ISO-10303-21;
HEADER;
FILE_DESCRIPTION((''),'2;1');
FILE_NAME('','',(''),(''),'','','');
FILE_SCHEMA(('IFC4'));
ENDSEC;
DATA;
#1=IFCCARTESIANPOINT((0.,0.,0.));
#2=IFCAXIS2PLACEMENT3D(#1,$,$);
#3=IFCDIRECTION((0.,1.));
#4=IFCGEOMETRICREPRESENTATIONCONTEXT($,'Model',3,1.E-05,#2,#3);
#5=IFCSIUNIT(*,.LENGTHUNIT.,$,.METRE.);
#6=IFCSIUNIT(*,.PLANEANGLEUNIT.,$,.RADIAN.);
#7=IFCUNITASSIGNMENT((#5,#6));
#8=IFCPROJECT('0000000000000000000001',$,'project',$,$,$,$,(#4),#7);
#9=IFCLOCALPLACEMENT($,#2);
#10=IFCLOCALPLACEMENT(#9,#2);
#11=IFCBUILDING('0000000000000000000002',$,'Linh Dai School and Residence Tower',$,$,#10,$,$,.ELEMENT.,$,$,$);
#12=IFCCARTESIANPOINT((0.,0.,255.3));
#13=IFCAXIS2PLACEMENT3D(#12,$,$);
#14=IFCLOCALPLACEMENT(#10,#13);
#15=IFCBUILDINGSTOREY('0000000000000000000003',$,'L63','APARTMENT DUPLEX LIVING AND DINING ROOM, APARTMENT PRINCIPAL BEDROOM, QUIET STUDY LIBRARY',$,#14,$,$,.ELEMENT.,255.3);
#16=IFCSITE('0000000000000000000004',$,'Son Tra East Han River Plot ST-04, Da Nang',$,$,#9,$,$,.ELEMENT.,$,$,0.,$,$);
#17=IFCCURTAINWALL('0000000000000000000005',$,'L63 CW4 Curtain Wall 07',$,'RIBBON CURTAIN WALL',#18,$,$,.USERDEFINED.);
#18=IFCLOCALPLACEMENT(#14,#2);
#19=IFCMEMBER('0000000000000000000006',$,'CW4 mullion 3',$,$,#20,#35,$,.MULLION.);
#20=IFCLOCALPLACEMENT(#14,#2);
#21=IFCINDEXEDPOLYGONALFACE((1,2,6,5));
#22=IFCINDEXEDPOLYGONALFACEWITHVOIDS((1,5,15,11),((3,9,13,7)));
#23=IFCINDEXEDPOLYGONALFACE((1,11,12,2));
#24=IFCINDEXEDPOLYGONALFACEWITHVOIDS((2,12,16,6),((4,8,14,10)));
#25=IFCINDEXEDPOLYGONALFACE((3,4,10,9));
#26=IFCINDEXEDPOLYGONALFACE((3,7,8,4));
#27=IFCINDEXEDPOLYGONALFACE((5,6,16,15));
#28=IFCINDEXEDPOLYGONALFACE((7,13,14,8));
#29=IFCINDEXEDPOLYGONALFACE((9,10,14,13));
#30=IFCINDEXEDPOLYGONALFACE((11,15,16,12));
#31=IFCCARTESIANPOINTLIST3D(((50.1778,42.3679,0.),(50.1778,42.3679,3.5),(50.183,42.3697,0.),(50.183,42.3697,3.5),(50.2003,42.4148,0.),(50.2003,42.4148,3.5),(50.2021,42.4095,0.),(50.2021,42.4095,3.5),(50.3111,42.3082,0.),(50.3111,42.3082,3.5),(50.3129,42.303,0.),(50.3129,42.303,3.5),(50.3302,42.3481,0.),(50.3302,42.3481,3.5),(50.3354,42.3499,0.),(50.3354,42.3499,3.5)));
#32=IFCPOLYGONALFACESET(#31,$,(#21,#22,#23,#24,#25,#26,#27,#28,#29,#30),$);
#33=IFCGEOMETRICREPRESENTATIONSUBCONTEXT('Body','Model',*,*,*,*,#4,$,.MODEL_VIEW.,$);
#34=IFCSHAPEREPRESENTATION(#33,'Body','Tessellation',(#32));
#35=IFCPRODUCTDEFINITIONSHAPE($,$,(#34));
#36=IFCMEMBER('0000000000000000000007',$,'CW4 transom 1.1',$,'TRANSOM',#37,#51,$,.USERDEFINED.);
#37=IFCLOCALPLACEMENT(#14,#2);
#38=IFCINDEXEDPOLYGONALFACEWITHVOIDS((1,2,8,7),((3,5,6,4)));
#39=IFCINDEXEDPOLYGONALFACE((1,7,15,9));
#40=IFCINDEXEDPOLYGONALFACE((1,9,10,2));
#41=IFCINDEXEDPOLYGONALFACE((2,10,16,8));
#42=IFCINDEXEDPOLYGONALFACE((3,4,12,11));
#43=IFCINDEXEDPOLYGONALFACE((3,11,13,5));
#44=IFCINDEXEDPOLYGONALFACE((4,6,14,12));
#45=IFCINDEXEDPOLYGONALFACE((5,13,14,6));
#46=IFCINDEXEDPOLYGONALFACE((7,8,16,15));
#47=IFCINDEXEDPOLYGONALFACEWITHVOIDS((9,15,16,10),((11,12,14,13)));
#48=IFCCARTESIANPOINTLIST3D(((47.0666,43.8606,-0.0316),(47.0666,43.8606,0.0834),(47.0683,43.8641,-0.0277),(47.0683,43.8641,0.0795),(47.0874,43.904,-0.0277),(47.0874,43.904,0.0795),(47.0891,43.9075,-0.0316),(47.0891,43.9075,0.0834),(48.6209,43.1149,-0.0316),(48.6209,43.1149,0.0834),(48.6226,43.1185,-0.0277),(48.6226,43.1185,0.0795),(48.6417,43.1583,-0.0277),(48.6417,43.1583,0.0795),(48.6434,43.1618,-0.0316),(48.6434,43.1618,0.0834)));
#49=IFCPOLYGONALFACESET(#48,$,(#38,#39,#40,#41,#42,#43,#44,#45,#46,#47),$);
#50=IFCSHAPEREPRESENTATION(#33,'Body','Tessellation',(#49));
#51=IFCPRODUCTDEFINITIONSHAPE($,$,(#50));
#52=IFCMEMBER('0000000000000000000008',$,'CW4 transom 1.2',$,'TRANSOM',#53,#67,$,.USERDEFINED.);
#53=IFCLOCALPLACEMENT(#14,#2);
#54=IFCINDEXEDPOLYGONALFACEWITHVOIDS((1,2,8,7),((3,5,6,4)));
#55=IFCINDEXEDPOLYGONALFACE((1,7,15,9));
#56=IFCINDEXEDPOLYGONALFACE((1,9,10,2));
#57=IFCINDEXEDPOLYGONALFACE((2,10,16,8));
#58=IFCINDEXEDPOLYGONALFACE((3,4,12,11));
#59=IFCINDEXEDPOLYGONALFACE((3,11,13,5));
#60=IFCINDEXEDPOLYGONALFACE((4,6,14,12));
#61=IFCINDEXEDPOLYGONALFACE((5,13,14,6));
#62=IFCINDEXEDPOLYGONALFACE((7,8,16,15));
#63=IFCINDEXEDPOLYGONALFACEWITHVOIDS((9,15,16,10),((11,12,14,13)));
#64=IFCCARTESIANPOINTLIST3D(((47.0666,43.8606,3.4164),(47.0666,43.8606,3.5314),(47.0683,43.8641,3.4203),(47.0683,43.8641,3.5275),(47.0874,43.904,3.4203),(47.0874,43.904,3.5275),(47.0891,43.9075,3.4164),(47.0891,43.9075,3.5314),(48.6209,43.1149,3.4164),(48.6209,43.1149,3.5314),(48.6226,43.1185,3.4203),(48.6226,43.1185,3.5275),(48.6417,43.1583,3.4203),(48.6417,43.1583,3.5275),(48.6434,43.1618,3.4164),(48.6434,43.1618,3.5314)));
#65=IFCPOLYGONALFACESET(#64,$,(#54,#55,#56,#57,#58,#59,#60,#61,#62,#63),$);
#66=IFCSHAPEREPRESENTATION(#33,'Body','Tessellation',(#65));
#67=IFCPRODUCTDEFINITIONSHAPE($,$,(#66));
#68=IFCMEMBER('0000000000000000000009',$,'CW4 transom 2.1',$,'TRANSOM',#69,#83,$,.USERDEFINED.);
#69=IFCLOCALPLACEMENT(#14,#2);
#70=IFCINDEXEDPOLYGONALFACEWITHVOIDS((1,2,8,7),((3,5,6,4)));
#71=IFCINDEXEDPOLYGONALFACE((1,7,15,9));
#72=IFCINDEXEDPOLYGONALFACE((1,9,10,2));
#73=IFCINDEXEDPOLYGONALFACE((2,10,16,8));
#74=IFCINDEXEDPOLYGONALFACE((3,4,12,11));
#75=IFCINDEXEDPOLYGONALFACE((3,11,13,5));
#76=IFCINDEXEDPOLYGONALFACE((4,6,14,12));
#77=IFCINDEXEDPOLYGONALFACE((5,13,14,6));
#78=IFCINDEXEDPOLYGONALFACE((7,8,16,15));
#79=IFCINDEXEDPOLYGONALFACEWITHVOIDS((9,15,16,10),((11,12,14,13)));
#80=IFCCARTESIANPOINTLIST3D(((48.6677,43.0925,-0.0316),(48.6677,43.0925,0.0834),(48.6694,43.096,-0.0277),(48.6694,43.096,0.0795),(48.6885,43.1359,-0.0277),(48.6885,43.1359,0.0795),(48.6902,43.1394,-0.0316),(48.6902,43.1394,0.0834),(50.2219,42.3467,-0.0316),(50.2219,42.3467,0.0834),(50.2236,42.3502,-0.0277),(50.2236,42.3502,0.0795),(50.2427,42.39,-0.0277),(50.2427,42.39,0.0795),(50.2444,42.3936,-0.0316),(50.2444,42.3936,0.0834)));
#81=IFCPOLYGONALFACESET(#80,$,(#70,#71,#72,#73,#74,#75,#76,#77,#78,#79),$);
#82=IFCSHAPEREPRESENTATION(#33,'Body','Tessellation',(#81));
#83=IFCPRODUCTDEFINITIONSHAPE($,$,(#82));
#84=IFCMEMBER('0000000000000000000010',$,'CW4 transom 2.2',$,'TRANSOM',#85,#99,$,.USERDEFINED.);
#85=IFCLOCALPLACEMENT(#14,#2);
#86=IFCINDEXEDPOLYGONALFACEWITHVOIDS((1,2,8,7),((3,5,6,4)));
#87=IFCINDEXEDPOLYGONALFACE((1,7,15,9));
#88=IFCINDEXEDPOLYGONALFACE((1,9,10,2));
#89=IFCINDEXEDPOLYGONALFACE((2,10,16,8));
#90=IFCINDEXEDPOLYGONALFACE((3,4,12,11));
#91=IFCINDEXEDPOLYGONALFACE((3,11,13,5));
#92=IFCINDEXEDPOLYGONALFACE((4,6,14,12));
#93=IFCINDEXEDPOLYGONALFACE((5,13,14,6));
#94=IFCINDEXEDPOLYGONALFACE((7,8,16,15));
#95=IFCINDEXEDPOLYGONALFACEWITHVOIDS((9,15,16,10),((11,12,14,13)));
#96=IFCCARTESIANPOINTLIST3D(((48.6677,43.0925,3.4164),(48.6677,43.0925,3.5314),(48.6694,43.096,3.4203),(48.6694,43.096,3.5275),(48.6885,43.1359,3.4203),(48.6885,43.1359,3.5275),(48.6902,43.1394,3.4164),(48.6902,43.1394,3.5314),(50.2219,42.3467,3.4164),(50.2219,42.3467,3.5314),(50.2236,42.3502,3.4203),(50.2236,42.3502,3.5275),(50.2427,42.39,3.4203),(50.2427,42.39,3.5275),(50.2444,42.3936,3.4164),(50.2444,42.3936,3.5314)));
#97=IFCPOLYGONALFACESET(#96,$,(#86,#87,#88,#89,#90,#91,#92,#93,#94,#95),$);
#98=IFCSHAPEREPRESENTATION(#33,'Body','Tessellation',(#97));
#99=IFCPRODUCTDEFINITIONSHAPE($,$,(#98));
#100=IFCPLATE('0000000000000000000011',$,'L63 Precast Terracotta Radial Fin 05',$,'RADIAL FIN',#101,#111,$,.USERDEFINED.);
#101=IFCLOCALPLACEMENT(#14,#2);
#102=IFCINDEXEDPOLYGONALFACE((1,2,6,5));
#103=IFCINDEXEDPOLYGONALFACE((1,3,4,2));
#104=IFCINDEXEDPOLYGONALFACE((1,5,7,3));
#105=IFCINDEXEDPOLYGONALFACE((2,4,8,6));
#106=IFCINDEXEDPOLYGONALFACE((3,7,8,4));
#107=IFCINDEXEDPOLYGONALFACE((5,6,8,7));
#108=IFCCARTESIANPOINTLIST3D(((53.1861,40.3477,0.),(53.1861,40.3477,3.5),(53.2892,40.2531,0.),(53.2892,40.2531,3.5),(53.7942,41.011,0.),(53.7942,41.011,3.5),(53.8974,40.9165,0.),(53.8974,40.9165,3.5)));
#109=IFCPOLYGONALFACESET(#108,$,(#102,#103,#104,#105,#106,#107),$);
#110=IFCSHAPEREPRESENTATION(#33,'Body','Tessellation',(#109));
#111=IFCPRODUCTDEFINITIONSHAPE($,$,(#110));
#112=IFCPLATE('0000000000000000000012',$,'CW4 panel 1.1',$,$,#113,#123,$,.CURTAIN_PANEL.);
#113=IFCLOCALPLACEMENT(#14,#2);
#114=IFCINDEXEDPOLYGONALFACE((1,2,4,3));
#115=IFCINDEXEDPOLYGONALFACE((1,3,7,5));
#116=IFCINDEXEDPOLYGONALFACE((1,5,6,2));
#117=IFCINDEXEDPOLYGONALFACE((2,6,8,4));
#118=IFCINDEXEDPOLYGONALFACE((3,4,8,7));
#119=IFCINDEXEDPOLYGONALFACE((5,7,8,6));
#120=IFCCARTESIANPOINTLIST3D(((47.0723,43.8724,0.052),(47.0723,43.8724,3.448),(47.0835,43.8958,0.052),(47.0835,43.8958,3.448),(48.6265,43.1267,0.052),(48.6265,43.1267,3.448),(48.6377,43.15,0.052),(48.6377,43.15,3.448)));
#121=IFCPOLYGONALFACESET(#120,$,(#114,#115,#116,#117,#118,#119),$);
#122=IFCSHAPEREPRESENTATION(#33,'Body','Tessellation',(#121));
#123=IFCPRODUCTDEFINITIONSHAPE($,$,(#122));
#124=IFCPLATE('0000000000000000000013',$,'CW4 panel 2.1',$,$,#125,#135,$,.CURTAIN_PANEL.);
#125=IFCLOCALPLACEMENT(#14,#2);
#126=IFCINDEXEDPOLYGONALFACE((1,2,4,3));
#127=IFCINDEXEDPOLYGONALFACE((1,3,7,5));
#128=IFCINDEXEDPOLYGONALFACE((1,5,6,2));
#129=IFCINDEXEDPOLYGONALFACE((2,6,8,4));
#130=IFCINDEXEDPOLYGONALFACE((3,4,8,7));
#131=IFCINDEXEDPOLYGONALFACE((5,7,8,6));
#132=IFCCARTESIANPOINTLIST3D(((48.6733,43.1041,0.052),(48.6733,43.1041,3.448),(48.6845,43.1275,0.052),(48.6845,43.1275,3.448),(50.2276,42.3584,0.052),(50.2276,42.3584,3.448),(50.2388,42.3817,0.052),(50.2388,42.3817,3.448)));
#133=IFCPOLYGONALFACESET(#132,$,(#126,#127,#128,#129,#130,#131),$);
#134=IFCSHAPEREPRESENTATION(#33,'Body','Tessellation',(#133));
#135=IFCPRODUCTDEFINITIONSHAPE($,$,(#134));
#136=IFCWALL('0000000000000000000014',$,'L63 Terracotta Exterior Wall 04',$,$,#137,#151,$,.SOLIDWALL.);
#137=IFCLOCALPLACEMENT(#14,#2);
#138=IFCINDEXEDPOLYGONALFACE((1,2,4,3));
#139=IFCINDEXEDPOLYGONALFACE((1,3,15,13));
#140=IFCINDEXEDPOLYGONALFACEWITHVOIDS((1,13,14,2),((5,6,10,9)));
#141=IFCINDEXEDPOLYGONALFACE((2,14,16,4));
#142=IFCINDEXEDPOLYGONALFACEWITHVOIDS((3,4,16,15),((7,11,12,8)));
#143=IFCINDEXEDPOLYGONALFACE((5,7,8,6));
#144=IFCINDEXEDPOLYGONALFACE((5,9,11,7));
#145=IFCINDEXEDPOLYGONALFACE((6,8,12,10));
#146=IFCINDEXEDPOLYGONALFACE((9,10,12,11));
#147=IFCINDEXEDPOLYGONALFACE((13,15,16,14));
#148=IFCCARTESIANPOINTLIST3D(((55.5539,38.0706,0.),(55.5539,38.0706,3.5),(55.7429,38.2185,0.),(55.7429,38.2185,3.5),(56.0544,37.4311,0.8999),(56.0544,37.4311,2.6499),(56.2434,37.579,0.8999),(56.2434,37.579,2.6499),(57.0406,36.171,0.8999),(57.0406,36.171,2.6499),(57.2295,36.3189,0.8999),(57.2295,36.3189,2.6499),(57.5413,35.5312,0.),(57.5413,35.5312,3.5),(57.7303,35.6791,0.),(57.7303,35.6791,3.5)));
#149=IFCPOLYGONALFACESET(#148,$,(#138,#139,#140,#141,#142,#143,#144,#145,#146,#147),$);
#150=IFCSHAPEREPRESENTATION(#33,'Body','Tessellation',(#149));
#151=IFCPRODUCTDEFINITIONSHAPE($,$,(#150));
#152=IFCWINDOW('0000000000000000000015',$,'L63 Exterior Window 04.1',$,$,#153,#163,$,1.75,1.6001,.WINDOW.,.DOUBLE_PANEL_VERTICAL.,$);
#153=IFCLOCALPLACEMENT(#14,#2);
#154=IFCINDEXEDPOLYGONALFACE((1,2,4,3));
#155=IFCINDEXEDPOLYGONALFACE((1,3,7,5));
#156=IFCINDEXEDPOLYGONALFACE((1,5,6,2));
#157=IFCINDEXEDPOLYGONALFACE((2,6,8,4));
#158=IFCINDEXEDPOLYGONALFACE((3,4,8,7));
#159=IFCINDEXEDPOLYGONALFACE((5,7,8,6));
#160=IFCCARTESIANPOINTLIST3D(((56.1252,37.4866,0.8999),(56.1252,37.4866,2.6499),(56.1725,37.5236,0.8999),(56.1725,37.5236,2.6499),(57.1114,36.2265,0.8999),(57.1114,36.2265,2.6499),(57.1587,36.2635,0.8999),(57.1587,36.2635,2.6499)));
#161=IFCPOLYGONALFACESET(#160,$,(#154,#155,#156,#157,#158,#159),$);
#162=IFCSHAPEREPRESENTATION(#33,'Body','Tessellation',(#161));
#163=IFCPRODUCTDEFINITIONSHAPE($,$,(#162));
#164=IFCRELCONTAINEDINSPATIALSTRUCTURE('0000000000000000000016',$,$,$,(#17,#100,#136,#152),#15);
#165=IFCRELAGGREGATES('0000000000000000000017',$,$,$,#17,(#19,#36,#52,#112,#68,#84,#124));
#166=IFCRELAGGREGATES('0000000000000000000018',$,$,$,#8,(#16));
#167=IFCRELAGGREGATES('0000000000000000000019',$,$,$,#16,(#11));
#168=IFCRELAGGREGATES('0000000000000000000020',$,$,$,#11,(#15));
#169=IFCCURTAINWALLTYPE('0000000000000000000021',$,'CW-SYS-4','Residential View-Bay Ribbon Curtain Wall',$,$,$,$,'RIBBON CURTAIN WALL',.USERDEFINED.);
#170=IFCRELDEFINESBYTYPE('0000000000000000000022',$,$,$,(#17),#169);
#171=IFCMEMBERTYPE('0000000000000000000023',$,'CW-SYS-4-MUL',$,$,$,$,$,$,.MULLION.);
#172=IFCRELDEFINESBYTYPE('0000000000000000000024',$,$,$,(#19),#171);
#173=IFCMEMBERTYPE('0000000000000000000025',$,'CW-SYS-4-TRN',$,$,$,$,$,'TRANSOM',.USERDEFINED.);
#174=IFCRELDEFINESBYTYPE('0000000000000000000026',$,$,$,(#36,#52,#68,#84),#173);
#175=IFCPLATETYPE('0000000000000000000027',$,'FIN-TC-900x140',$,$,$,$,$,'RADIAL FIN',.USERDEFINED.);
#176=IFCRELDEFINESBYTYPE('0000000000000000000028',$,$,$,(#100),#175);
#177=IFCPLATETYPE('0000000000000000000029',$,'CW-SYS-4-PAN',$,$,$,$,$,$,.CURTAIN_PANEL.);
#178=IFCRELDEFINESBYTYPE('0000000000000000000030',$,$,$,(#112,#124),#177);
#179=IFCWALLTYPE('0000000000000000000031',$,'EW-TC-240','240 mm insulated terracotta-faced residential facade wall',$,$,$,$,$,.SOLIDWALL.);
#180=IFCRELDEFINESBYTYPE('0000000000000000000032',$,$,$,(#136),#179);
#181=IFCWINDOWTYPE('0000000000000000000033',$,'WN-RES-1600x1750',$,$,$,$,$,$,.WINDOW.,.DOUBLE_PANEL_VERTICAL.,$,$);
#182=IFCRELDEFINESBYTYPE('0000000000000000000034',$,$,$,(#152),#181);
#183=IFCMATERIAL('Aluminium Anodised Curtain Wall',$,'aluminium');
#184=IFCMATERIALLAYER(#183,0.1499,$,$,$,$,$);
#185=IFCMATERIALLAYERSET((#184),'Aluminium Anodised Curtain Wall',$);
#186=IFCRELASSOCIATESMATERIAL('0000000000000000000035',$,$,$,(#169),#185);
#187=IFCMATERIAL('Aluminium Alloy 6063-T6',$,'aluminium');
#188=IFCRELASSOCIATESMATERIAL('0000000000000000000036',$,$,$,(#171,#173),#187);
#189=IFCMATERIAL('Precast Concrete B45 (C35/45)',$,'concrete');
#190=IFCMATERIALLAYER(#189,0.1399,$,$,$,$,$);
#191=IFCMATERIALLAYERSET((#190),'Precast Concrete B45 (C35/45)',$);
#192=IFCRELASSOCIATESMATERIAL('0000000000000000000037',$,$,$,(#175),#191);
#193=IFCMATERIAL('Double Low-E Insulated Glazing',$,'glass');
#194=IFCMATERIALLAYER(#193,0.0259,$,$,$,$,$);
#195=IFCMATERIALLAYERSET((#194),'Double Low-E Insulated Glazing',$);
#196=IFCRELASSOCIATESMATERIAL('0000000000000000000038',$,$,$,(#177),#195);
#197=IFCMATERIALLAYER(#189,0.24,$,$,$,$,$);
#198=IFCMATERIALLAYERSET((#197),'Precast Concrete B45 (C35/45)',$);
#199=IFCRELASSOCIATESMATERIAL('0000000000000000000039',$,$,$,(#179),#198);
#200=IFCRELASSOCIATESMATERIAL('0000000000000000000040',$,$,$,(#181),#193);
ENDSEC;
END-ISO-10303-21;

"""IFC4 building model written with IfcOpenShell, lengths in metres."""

from ifc_helpers import new_model, si_unit, direction, frame, frame_2d, origin, origin_2d, place, context, subcontext, project, spatial, rectangle, hollow_rectangle, extrude, source, transform, mapped, material, layer, layer_set, material_profile, profile_set, type_object, element, fill, aggregate, save


model = new_model("IFC4")

# Units and contexts
model_context = context("Model", 3, precision=1e-05, world=origin(), true_north=direction((0.0, 1.0)))
body_context = subcontext(model_context, "Body", "Model", "MODEL_VIEW")
ifc_project = project(units=[si_unit("LENGTHUNIT", "METRE"), si_unit("PLANEANGLEUNIT", "RADIAN")], contexts=[model_context])

# Site, building, storey
site_placement = place(None, origin())
site = spatial("IfcSite", under=ifc_project, at=site_placement, Name="Son Tra East Han River Plot ST-04, Da Nang", CompositionType="ELEMENT", RefElevation=0.0)
building_placement = place(site_placement, origin())
building = spatial("IfcBuilding", under=site, at=building_placement, Name="Linh Dai School and Residence Tower", CompositionType="ELEMENT")
storey_placement = place(building_placement, frame((0.0, 0.0, 255.3)))
storey = spatial("IfcBuildingStorey", under=building, at=storey_placement, Name="L63", Description="APARTMENT DUPLEX LIVING AND DINING ROOM, APARTMENT PRINCIPAL BEDROOM, QUIET STUDY LIBRARY", CompositionType="ELEMENT", Elevation=255.3)

# Curtain wall, members
ifc_material_1 = material(Name="Aluminium Anodised Curtain Wall", Category="aluminium")
ifc_layer_1 = layer(ifc_material_1, 0.1499)
ifc_layer_set_1 = layer_set([ifc_layer_1], Name="Aluminium Anodised Curtain Wall")
curtain_wall_type = type_object("IfcCurtainWallType", Name="CW-SYS-4", Description="Residential View-Bay Ribbon Curtain Wall", ElementType="RIBBON CURTAIN WALL", PredefinedType="USERDEFINED", material=ifc_layer_set_1)
curtain_wall_placement = place(storey_placement, origin())
curtain_wall = element("IfcCurtainWall", 1, at=curtain_wall_placement, inside=storey, type_object=curtain_wall_type, Name="L63 CW4 Curtain Wall 07", ObjectType="RIBBON CURTAIN WALL", PredefinedType="USERDEFINED")
ifc_material_2 = material(Name="Aluminium Alloy 6063-T6", Category="aluminium")
ifc_material_profile_1 = material_profile(ifc_material_2, hollow_rectangle(XDim=0.052, YDim=0.1499, WallThickness=0.0039, at=origin_2d()), Name="RHS 150x52x4")
ifc_profile_set_1 = profile_set([ifc_material_profile_1], Name="Aluminium Alloy 6063-T6")
member_type_1 = type_object("IfcMemberType", Name="CW-SYS-4-MUL", PredefinedType="MULLION", material=ifc_profile_set_1)
shared_shape_1 = source(origin(), body_context, "Body", "SweptSolid", [
    extrude(hollow_rectangle(XDim=0.052, YDim=0.1499, WallThickness=0.0039, at=origin_2d()), origin(), (0.0, 0.0, 1.0), 3.5),
])
member_1_placement = place(storey_placement, frame((50.2566, 42.3589, 0.0), z_axis=(0.0, 0.0, 1.0), x_axis=(0.432594, 0.901589, 0.0)))
member_1 = element("IfcMember", 2, at=member_1_placement, type_object=member_type_1, Name="CW4 mullion 3", PredefinedType="MULLION", context=body_context, shape_type="MappedRepresentation", body=[
    mapped(shared_shape_1, transform((0.0, 0.0, 0.0), x_axis=(1.0, 0.0, 0.0), y_axis=(0.0, 1.0, 0.0), z_axis=(0.0, 0.0, 1.0), scale=1.0)),
])
ifc_material_profile_2 = material_profile(ifc_material_2, hollow_rectangle(XDim=0.052, YDim=0.115, WallThickness=0.0039, at=origin_2d()), Name="RHS 115x52x4")
ifc_profile_set_2 = profile_set([ifc_material_profile_2], Name="Aluminium Alloy 6063-T6")
member_type_2 = type_object("IfcMemberType", Name="CW-SYS-4-TRN", ElementType="TRANSOM", PredefinedType="USERDEFINED", material=ifc_profile_set_2)
shared_shape_2 = source(origin(), body_context, "Body", "SweptSolid", [
    extrude(hollow_rectangle(XDim=0.052, YDim=0.115, WallThickness=0.0039, at=origin_2d()), origin(), (0.0, 0.0, 1.0), 1.7239),
])
member_2_placement = place(storey_placement, frame((47.0779, 43.884, 0.0259), z_axis=(0.901616, -0.432538, 0.0), x_axis=(0.432538, 0.901616, 0.0)))
member_2 = element("IfcMember", 3, at=member_2_placement, type_object=member_type_2, Name="CW4 transom 1.1", ObjectType="TRANSOM", PredefinedType="USERDEFINED", context=body_context, shape_type="MappedRepresentation", body=[
    mapped(shared_shape_2, transform((0.0, 0.0, 0.0), x_axis=(1.0, 0.0, 0.0), y_axis=(0.0, 1.0, 0.0), z_axis=(0.0, 0.0, 1.0), scale=1.0)),
])
member_3_placement = place(storey_placement, frame((47.0779, 43.884, 3.4739), z_axis=(0.901616, -0.432538, 0.0), x_axis=(0.432538, 0.901616, 0.0)))
member_3 = element("IfcMember", 4, at=member_3_placement, type_object=member_type_2, Name="CW4 transom 1.2", ObjectType="TRANSOM", PredefinedType="USERDEFINED", context=body_context, shape_type="MappedRepresentation", body=[
    mapped(shared_shape_2, transform((0.0, 0.0, 0.0), x_axis=(1.0, 0.0, 0.0), y_axis=(0.0, 1.0, 0.0), z_axis=(0.0, 0.0, 1.0), scale=1.0)),
])
member_4_placement = place(storey_placement, frame((48.679, 43.116, 0.0259), z_axis=(0.901561, -0.432653, 0.0), x_axis=(0.432653, 0.901561, 0.0)))
member_4 = element("IfcMember", 5, at=member_4_placement, type_object=member_type_2, Name="CW4 transom 2.1", ObjectType="TRANSOM", PredefinedType="USERDEFINED", context=body_context, shape_type="MappedRepresentation", body=[
    mapped(shared_shape_2, transform((0.0, 0.0, 0.0), x_axis=(1.0, 0.0, 0.0), y_axis=(0.0, 1.0, 0.0), z_axis=(0.0, 0.0, 1.0), scale=1.0)),
])
member_5_placement = place(storey_placement, frame((48.679, 43.116, 3.4739), z_axis=(0.901561, -0.432653, 0.0), x_axis=(0.432653, 0.901561, 0.0)))
member_5 = element("IfcMember", 6, at=member_5_placement, type_object=member_type_2, Name="CW4 transom 2.2", ObjectType="TRANSOM", PredefinedType="USERDEFINED", context=body_context, shape_type="MappedRepresentation", body=[
    mapped(shared_shape_2, transform((0.0, 0.0, 0.0), x_axis=(1.0, 0.0, 0.0), y_axis=(0.0, 1.0, 0.0), z_axis=(0.0, 0.0, 1.0), scale=1.0)),
])

# Plates
ifc_material_3 = material(Name="Precast Concrete B45 (C35/45)", Category="concrete")
ifc_layer_2 = layer(ifc_material_3, 0.1399)
ifc_layer_set_2 = layer_set([ifc_layer_2], Name="Precast Concrete B45 (C35/45)")
plate_type_1 = type_object("IfcPlateType", Name="FIN-TC-900x140", ElementType="RADIAL FIN", PredefinedType="USERDEFINED", material=ifc_layer_set_2)
shared_shape_3 = source(origin(), body_context, "Body", "SweptSolid", [
    extrude(rectangle(XDim=0.8999, YDim=0.1399, at=origin_2d()), origin(), (0.0, 0.0, 1.0), 3.5),
])
plate_1_placement = place(storey_placement, frame((53.5417, 40.6321, 0.0), z_axis=(0.0, 0.0, 1.0), x_axis=(0.675758, 0.737124, 0.0)))
element("IfcPlate", 7, at=plate_1_placement, inside=storey, type_object=plate_type_1, Name="L63 Precast Terracotta Radial Fin 05", ObjectType="RADIAL FIN", PredefinedType="USERDEFINED", context=body_context, shape_type="MappedRepresentation", body=[
    mapped(shared_shape_3, transform((0.0, 0.0, 0.0), x_axis=(1.0, 0.0, 0.0), y_axis=(0.0, 1.0, 0.0), z_axis=(0.0, 0.0, 1.0), scale=1.0)),
])
ifc_material_4 = material(Name="Double Low-E Insulated Glazing", Category="glass")
ifc_layer_3 = layer(ifc_material_4, 0.0259)
ifc_layer_set_3 = layer_set([ifc_layer_3], Name="Double Low-E Insulated Glazing")
plate_type_2 = type_object("IfcPlateType", Name="CW-SYS-4-PAN", PredefinedType="CURTAIN_PANEL", material=ifc_layer_set_3)
shared_shape_4 = source(origin(), body_context, "Body", "SweptSolid", [
    extrude(rectangle(XDim=1.7239, YDim=0.0259, at=origin_2d()), origin(), (0.0, 0.0, 1.0), 3.396),
])
plate_2_placement = place(storey_placement, frame((47.855, 43.5112, 0.052), z_axis=(0.0, 0.0, 1.0), x_axis=(0.901589, -0.432594, 0.0)))
plate_2 = element("IfcPlate", 8, at=plate_2_placement, type_object=plate_type_2, Name="CW4 panel 1.1", PredefinedType="CURTAIN_PANEL", context=body_context, shape_type="MappedRepresentation", body=[
    mapped(shared_shape_4, transform((0.0, 0.0, 0.0), x_axis=(1.0, 0.0, 0.0), y_axis=(0.0, 1.0, 0.0), z_axis=(0.0, 0.0, 1.0), scale=1.0)),
])
plate_3_placement = place(storey_placement, frame((49.4561, 42.7429, 0.052), z_axis=(0.0, 0.0, 1.0), x_axis=(0.901589, -0.432594, 0.0)))
plate_3 = element("IfcPlate", 9, at=plate_3_placement, type_object=plate_type_2, Name="CW4 panel 2.1", PredefinedType="CURTAIN_PANEL", context=body_context, shape_type="MappedRepresentation", body=[
    mapped(shared_shape_4, transform((0.0, 0.0, 0.0), x_axis=(1.0, 0.0, 0.0), y_axis=(0.0, 1.0, 0.0), z_axis=(0.0, 0.0, 1.0), scale=1.0)),
])
aggregate(curtain_wall, [member_1, member_2, member_3, plate_2, member_4, member_5, plate_3])

# Wall, opening, window
ifc_layer_4 = layer(ifc_material_3, 0.24)
ifc_layer_set_4 = layer_set([ifc_layer_4], Name="Precast Concrete B45 (C35/45)")
wall_type_1 = type_object("IfcWallType", Name="EW-TC-240", Description="240 mm insulated terracotta-faced residential facade wall", PredefinedType="SOLIDWALL", material=ifc_layer_set_4)
wall_1_placement = place(storey_placement, frame((55.6484, 38.1445, 0.0), z_axis=(0.0, 0.0, 1.0), x_axis=(0.616312, -0.787502, 0.0)))
wall_1 = element("IfcWall", 10, at=wall_1_placement, inside=storey, type_object=wall_type_1, Name="L63 Terracotta Exterior Wall 04", PredefinedType="SOLIDWALL", context=body_context, shape_type="SweptSolid", body=[
    extrude(rectangle(XDim=3.2246, YDim=0.24, at=frame_2d((1.6123, 0.0))), origin(), (0.0, 0.0, 1.0), 3.5),
])
opening_placement = place(wall_1_placement, frame((0.812, 0.0, 0.8999)))
opening = element("IfcOpeningElement", 11, at=opening_placement, cuts=wall_1, PredefinedType="OPENING", context=body_context, shape_type="SweptSolid", body=[
    extrude(rectangle(XDim=1.6001, YDim=1.75, at=origin_2d()), frame((0.8, 0.1299, 0.875), z_axis=(0.0, -1.0, 0.0), x_axis=(1.0, 0.0, 0.0)), (0.0, 0.0, 1.0), 0.26),
])
window_type = type_object("IfcWindowType", Name="WN-RES-1600x1750", PartitioningType="DOUBLE_PANEL_VERTICAL", PredefinedType="WINDOW", material=ifc_material_4)
shared_shape_5 = source(origin(), body_context, "Body", "SweptSolid", [
    extrude(rectangle(XDim=1.6001, YDim=1.75, at=origin_2d()), frame((0.8, 0.03, 0.875), z_axis=(0.0, -1.0, 0.0), x_axis=(1.0, 0.0, 0.0)), (0.0, 0.0, 1.0), 0.0601),
])
window_placement = place(opening_placement, origin())
window = element("IfcWindow", 12, at=window_placement, inside=storey, type_object=window_type, Name="L63 Exterior Window 04.1", OverallHeight=1.75, OverallWidth=1.6001, PartitioningType="DOUBLE_PANEL_VERTICAL", PredefinedType="WINDOW", context=body_context, shape_type="MappedRepresentation", body=[
    mapped(shared_shape_5, transform((0.0, 0.0, 0.0), x_axis=(1.0, 0.0, 0.0), y_axis=(0.0, 1.0, 0.0), z_axis=(0.0, 0.0, 1.0), scale=1.0)),
])
fill(opening, window)

save(model, "model.ifc")
